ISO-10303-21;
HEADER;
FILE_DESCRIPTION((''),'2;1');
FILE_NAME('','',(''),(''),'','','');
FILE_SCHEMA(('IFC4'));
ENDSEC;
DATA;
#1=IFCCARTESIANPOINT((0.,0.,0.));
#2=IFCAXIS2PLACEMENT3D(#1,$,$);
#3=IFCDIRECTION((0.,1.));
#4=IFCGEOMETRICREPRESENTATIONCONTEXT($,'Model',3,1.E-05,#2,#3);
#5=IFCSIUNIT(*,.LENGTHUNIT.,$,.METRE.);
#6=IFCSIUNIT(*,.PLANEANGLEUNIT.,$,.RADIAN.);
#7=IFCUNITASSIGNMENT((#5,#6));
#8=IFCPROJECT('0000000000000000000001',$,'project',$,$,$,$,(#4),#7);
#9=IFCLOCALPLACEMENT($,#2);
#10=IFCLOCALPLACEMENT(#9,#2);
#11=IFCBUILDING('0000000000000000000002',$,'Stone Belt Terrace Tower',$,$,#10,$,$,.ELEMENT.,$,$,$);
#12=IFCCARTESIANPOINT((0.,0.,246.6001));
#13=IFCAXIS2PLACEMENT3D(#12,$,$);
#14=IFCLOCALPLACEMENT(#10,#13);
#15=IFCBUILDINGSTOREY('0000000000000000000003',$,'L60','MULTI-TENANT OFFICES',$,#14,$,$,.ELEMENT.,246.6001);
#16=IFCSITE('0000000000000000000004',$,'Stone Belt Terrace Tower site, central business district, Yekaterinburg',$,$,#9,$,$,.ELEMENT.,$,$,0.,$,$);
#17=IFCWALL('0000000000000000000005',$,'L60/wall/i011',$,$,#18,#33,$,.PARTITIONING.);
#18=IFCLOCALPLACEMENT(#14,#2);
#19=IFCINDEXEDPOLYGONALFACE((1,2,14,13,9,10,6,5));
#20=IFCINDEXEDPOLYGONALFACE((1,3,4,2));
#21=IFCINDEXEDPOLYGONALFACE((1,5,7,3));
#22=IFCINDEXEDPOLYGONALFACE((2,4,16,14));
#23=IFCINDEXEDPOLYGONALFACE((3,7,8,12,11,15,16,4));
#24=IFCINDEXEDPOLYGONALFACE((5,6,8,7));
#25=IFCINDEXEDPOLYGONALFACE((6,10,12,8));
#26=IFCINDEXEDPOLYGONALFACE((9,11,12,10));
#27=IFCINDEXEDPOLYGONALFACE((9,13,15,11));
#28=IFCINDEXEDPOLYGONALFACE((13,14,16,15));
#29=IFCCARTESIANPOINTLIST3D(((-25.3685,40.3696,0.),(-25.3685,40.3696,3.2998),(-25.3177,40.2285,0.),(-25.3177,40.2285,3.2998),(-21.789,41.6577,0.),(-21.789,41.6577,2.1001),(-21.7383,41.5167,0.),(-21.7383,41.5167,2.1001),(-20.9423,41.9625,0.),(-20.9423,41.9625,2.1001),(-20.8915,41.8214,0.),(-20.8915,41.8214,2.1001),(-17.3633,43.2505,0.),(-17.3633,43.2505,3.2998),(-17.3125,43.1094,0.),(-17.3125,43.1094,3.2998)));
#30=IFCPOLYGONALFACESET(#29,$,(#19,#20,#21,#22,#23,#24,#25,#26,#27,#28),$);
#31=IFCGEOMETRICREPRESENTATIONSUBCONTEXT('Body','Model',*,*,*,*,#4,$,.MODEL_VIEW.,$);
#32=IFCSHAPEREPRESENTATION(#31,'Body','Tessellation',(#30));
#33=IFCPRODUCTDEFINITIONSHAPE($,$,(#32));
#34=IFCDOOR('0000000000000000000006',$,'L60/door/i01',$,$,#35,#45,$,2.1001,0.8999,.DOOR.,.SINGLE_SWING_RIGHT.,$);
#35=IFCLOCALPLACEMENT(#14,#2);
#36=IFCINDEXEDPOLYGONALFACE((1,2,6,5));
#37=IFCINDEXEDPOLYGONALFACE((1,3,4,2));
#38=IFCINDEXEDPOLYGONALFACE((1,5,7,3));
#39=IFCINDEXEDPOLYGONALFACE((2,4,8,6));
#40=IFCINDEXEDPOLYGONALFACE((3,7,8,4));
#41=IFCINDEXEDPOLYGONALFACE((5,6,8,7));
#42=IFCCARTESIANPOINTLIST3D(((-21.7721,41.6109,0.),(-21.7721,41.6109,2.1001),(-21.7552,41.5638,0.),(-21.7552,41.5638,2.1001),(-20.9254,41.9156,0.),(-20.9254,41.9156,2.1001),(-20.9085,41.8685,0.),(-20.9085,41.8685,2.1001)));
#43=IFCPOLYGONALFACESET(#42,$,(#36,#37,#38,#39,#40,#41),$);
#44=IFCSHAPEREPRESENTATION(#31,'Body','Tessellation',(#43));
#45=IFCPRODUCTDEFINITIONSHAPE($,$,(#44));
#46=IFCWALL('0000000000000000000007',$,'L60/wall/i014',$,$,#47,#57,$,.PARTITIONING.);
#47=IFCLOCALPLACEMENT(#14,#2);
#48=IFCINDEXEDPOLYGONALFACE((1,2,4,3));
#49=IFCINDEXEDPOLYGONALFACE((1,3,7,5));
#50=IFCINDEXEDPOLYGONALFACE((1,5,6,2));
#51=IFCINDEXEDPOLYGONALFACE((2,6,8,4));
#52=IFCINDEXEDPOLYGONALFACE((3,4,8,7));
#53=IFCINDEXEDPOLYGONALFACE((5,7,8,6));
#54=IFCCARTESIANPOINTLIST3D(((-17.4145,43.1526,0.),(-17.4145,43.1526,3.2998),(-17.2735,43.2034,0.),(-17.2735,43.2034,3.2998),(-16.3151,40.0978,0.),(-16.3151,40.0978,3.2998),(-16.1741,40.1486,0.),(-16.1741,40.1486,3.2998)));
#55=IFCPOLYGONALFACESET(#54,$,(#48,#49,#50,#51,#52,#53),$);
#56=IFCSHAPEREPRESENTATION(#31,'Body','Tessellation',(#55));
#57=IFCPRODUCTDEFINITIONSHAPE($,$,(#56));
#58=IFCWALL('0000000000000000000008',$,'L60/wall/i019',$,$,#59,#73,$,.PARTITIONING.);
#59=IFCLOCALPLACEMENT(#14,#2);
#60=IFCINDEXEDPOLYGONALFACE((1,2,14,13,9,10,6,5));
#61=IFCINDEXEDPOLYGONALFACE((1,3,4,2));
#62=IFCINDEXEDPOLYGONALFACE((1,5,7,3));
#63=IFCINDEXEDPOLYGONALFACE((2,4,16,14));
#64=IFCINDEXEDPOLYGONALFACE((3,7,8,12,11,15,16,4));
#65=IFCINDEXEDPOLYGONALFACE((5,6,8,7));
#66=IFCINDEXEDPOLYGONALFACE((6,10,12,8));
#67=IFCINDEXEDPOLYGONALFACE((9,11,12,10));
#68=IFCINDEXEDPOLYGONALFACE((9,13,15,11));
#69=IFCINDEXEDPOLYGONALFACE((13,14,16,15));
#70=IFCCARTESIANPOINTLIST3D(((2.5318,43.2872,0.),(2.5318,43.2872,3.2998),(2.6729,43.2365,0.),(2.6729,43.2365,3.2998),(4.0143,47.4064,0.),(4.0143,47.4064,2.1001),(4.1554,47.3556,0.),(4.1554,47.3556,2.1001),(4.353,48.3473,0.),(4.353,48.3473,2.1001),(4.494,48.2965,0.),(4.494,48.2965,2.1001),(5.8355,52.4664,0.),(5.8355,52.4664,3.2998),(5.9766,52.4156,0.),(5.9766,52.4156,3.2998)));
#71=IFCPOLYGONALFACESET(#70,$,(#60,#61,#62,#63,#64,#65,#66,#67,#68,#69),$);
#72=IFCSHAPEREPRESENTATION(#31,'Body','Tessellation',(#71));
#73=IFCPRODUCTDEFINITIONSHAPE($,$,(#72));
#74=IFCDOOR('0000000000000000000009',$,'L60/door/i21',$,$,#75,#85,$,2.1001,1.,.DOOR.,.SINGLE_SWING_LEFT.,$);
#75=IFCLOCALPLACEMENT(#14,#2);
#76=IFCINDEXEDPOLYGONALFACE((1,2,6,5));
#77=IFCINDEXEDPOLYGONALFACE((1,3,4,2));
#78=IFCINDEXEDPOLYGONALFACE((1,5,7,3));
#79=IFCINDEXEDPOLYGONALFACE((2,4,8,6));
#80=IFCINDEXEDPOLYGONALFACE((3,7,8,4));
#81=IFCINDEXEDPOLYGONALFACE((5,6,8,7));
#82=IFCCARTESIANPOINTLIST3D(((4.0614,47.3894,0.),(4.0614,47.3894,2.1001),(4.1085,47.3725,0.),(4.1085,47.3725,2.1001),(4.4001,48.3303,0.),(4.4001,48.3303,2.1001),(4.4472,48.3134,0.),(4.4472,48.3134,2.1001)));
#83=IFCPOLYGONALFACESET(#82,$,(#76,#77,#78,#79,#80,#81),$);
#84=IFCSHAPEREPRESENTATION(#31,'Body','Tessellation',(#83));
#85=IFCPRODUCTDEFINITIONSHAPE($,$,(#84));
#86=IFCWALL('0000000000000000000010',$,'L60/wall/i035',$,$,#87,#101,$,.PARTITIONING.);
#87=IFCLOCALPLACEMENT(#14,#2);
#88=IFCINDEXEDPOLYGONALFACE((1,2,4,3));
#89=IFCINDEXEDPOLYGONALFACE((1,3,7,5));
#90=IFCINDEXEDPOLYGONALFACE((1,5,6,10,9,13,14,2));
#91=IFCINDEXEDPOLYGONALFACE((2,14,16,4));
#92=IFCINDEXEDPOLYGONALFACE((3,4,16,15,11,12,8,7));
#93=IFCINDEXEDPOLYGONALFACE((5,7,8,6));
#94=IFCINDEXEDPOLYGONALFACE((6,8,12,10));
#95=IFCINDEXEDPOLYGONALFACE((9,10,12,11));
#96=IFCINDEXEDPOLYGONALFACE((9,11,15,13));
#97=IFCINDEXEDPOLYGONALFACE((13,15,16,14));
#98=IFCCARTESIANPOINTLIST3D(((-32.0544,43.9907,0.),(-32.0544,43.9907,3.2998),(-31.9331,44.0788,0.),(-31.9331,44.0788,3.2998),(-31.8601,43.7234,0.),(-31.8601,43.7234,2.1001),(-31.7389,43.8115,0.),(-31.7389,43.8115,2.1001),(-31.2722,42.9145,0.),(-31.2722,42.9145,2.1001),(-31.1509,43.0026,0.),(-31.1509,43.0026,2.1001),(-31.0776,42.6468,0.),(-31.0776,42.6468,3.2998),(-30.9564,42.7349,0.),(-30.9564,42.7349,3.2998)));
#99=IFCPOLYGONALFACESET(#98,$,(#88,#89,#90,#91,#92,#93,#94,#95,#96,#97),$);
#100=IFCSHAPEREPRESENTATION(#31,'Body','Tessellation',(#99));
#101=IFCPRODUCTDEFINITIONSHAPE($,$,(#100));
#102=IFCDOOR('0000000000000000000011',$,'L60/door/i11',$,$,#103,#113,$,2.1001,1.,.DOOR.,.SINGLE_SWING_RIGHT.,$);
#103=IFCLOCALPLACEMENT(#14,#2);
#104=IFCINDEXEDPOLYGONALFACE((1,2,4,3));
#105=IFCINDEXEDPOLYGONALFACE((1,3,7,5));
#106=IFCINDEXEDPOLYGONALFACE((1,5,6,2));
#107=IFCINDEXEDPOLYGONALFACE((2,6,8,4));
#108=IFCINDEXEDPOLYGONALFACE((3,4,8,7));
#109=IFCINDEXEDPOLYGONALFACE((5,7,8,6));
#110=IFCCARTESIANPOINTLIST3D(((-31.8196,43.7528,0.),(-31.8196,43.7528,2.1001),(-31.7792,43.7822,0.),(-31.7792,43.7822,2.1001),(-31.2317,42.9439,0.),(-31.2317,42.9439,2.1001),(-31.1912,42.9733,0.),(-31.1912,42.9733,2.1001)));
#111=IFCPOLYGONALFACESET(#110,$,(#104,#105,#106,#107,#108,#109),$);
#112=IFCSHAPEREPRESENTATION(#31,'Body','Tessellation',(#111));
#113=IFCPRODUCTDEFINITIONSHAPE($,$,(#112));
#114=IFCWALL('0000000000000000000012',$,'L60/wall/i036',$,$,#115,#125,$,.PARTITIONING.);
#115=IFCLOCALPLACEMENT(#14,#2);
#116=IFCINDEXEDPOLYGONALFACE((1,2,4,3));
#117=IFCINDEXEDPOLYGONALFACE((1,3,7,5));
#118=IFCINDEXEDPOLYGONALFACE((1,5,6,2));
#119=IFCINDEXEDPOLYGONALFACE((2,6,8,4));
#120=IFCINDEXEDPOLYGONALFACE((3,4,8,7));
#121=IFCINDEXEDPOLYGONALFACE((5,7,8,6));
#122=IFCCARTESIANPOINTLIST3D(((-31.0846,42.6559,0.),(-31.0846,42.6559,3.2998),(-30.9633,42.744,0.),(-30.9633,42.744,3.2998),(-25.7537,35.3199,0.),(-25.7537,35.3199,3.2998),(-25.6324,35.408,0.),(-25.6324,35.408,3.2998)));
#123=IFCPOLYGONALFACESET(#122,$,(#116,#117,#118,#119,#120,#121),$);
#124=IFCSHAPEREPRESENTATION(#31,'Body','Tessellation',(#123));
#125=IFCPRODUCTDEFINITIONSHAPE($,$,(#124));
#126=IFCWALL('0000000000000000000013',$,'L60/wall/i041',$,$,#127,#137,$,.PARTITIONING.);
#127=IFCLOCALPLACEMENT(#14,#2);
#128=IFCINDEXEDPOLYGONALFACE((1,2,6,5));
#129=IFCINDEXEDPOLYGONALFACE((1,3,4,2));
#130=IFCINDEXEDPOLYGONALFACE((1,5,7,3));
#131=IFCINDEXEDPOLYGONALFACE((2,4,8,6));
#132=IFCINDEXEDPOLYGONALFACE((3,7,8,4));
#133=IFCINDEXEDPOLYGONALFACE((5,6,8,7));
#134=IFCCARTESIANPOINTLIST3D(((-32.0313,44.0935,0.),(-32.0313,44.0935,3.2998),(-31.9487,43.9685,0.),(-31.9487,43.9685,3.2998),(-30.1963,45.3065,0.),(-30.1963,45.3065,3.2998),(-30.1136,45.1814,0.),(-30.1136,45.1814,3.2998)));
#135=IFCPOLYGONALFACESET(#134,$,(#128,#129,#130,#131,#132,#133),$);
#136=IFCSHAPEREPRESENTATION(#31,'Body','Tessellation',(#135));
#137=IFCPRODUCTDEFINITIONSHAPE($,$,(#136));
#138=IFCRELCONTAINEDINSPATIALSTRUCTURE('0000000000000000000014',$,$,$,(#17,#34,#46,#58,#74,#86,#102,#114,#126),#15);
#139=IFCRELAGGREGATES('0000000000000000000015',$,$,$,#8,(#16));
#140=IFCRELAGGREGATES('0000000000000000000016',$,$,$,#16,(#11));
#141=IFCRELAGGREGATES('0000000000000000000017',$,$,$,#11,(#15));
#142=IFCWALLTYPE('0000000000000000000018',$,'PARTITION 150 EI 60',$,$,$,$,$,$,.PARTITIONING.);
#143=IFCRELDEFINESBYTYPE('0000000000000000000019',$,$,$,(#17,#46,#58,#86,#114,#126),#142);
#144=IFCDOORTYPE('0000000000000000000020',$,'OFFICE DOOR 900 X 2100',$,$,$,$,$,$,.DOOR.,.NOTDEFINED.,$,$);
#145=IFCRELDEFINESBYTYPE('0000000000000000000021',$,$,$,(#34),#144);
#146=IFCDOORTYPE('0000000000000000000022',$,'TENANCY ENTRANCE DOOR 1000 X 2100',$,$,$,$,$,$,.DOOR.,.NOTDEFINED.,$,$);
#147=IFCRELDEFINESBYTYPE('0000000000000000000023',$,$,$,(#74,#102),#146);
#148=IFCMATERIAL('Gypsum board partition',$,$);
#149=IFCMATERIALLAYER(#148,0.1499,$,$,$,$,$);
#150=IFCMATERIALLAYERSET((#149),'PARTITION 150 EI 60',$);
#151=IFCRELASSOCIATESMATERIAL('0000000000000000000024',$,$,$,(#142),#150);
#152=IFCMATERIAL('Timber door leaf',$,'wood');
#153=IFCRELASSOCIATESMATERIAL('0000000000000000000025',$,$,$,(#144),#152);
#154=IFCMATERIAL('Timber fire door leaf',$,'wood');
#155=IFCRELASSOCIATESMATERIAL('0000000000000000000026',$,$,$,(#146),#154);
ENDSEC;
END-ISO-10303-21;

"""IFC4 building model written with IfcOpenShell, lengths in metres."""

from ifc_helpers import new_model, si_unit, direction, frame, frame_2d, origin, place, context, subcontext, project, spatial, rectangle, extrude, material, layer, layer_set, type_object, element, fill, save


model = new_model("IFC4")

# Units and contexts
model_context = context("Model", 3, precision=1e-05, world=origin(), true_north=direction((0.0, 1.0)))
body_context = subcontext(model_context, "Body", "Model", "MODEL_VIEW")
ifc_project = project(units=[si_unit("LENGTHUNIT", "METRE"), si_unit("PLANEANGLEUNIT", "RADIAN")], contexts=[model_context])

# Site, building, storey
site_placement = place(None, origin())
site = spatial("IfcSite", under=ifc_project, at=site_placement, Name="Stone Belt Terrace Tower site, central business district, Yekaterinburg", CompositionType="ELEMENT", RefElevation=0.0)
building_placement = place(site_placement, origin())
building = spatial("IfcBuilding", under=site, at=building_placement, Name="Stone Belt Terrace Tower", CompositionType="ELEMENT")
storey_placement = place(building_placement, frame((0.0, 0.0, 246.6001)))
storey = spatial("IfcBuildingStorey", under=building, at=storey_placement, Name="L60", Description="MULTI-TENANT OFFICES", CompositionType="ELEMENT", Elevation=246.6001)

# Shared definitions
ifc_material_1 = material(Name="Timber door leaf", Category="wood")

# Shared definitions
ifc_material_2 = material(Name="Gypsum board partition")
ifc_layer_1 = layer(ifc_material_2, 0.1499)
ifc_layer_set_1 = layer_set([ifc_layer_1], Name="PARTITION 150 EI 60")
wall_type_1 = type_object("IfcWallType", Name="PARTITION 150 EI 60", PredefinedType="PARTITIONING", material=ifc_layer_set_1)

# Wall, opening, door
wall_1_placement = place(storey_placement, frame((-17.3379, 43.1799, 0.0), z_axis=(0.0, 0.0, 1.0), x_axis=(-0.940924, -0.338617, 0.0)))
wall_1 = element("IfcWall", 1, at=wall_1_placement, inside=storey, type_object=wall_type_1, Name="L60/wall/i011", PredefinedType="PARTITIONING", context=body_context, shape_type="SweptSolid", body=[
    extrude(rectangle(XDim=8.5078, YDim=0.1499, at=frame_2d((4.2539, 0.0))), origin(), (0.0, 0.0, 1.0), 3.2998),
])
opening_1_placement = place(wall_1_placement, frame((3.8037, 0.0, 0.0)))
opening_1 = element("IfcOpeningElement", 2, at=opening_1_placement, cuts=wall_1, PredefinedType="OPENING", context=body_context, shape_type="SweptSolid", body=[
    extrude(rectangle(XDim=0.8999, YDim=2.1001, at=frame_2d((0.45, 1.05))), frame((0.0, 0.085, 0.0), z_axis=(0.0, -1.0, 0.0), x_axis=(1.0, 0.0, 0.0)), (0.0, 0.0, 1.0), 0.1699),
])
door_type_1 = type_object("IfcDoorType", Name="OFFICE DOOR 900 X 2100", OperationType="NOTDEFINED", PredefinedType="DOOR", material=ifc_material_1)
door_1_placement = place(opening_1_placement, origin())
door_1 = element("IfcDoor", 3, at=door_1_placement, inside=storey, type_object=door_type_1, Name="L60/door/i01", OperationType="SINGLE_SWING_RIGHT", OverallHeight=2.1001, OverallWidth=0.8999, PredefinedType="DOOR", context=body_context, shape_type="SweptSolid", body=[
    extrude(rectangle(XDim=0.8999, YDim=2.1001, at=frame_2d((0.45, 1.05))), frame((0.0, 0.0249, 0.0), z_axis=(0.0, -1.0, 0.0), x_axis=(1.0, 0.0, 0.0)), (0.0, 0.0, 1.0), 0.05),
])
fill(opening_1, door_1)

# Wall
wall_2_placement = place(storey_placement, frame((-17.344, 43.178, 0.0), z_axis=(0.0, 0.0, 1.0), x_axis=(0.338632, -0.940919, 0.0)))
element("IfcWall", 4, at=wall_2_placement, inside=storey, type_object=wall_type_1, Name="L60/wall/i014", PredefinedType="PARTITIONING", context=body_context, shape_type="SweptSolid", body=[
    extrude(rectangle(XDim=3.2466, YDim=0.1499, at=frame_2d((1.6233, 0.0))), origin(), (0.0, 0.0, 1.0), 3.2998),
])

# Walls, openings, doors
wall_3_placement = place(storey_placement, frame((2.6023, 43.2617, 0.0), z_axis=(0.0, 0.0, 1.0), x_axis=(0.338647, 0.940914, 0.0)))
wall_3 = element("IfcWall", 5, at=wall_3_placement, inside=storey, type_object=wall_type_1, Name="L60/wall/i019", PredefinedType="PARTITIONING", context=body_context, shape_type="SweptSolid", body=[
    extrude(rectangle(XDim=9.7556, YDim=0.1499, at=frame_2d((4.8779, 0.0))), origin(), (0.0, 0.0, 1.0), 3.2998),
])
opening_2_placement = place(wall_3_placement, frame((4.3779, 0.0, 0.0)))
opening_2 = element("IfcOpeningElement", 6, at=opening_2_placement, cuts=wall_3, PredefinedType="OPENING", context=body_context, shape_type="SweptSolid", body=[
    extrude(rectangle(XDim=1.0, YDim=2.1001, at=frame_2d((0.5, 1.05))), frame((0.0, 0.085, 0.0), z_axis=(0.0, -1.0, 0.0), x_axis=(1.0, 0.0, 0.0)), (0.0, 0.0, 1.0), 0.1699),
])
ifc_material_3 = material(Name="Timber fire door leaf", Category="wood")
door_type_2 = type_object("IfcDoorType", Name="TENANCY ENTRANCE DOOR 1000 X 2100", OperationType="NOTDEFINED", PredefinedType="DOOR", material=ifc_material_3)
door_2_placement = place(opening_2_placement, origin())
door_2 = element("IfcDoor", 7, at=door_2_placement, inside=storey, type_object=door_type_2, Name="L60/door/i21", OperationType="SINGLE_SWING_LEFT", OverallHeight=2.1001, OverallWidth=1.0, PredefinedType="DOOR", context=body_context, shape_type="SweptSolid", body=[
    extrude(rectangle(XDim=1.0, YDim=2.1001, at=frame_2d((0.5, 1.05))), frame((0.0, 0.0249, 0.0), z_axis=(0.0, -1.0, 0.0), x_axis=(1.0, 0.0, 0.0)), (0.0, 0.0, 1.0), 0.05),
])
fill(opening_2, door_2)
wall_4_placement = place(storey_placement, frame((-31.0171, 42.6909, 0.0), z_axis=(0.0, 0.0, 1.0), x_axis=(-0.587918, 0.80892, 0.0)))
wall_4 = element("IfcWall", 8, at=wall_4_placement, inside=storey, type_object=wall_type_1, Name="L60/wall/i035", PredefinedType="PARTITIONING", context=body_context, shape_type="SweptSolid", body=[
    extrude(rectangle(XDim=1.6614, YDim=0.1499, at=frame_2d((0.8306, 0.0))), origin(), (0.0, 0.0, 1.0), 3.2998),
])
opening_3_placement = place(wall_4_placement, frame((0.3308, 0.0, 0.0)))
opening_3 = element("IfcOpeningElement", 9, at=opening_3_placement, cuts=wall_4, PredefinedType="OPENING", context=body_context, shape_type="SweptSolid", body=[
    extrude(rectangle(XDim=1.0, YDim=2.1001, at=frame_2d((0.5, 1.05))), frame((0.0, 0.085, 0.0), z_axis=(0.0, -1.0, 0.0), x_axis=(1.0, 0.0, 0.0)), (0.0, 0.0, 1.0), 0.1699),
])
door_3_placement = place(opening_3_placement, origin())
door_3 = element("IfcDoor", 10, at=door_3_placement, inside=storey, type_object=door_type_2, Name="L60/door/i11", OperationType="SINGLE_SWING_RIGHT", OverallHeight=2.1001, OverallWidth=1.0, PredefinedType="DOOR", context=body_context, shape_type="SweptSolid", body=[
    extrude(rectangle(XDim=1.0, YDim=2.1001, at=frame_2d((0.5, 1.05))), frame((0.0, 0.0249, 0.0), z_axis=(0.0, -1.0, 0.0), x_axis=(1.0, 0.0, 0.0)), (0.0, 0.0, 1.0), 0.05),
])
fill(opening_3, door_3)

# Walls
wall_5_placement = place(storey_placement, frame((-31.0239, 42.7, 0.0), z_axis=(0.0, 0.0, 1.0), x_axis=(0.587853, -0.808968, 0.0)))
element("IfcWall", 11, at=wall_5_placement, inside=storey, type_object=wall_type_1, Name="L60/wall/i036", PredefinedType="PARTITIONING", context=body_context, shape_type="SweptSolid", body=[
    extrude(rectangle(XDim=9.0684, YDim=0.1499, at=frame_2d((4.5342, 0.0))), origin(), (0.0, 0.0, 1.0), 3.2998),
])
wall_6_placement = place(storey_placement, frame((-31.99, 44.031, 0.0), z_axis=(0.0, 0.0, 1.0), x_axis=(0.83423, 0.551417, 0.0)))
element("IfcWall", 12, at=wall_6_placement, inside=storey, type_object=wall_type_1, Name="L60/wall/i041", PredefinedType="PARTITIONING", context=body_context, shape_type="SweptSolid", body=[
    extrude(rectangle(XDim=2.1997, YDim=0.1499, at=frame_2d((1.0999, 0.0))), origin(), (0.0, 0.0, 1.0), 3.2998),
])

save(model, "model.ifc")
